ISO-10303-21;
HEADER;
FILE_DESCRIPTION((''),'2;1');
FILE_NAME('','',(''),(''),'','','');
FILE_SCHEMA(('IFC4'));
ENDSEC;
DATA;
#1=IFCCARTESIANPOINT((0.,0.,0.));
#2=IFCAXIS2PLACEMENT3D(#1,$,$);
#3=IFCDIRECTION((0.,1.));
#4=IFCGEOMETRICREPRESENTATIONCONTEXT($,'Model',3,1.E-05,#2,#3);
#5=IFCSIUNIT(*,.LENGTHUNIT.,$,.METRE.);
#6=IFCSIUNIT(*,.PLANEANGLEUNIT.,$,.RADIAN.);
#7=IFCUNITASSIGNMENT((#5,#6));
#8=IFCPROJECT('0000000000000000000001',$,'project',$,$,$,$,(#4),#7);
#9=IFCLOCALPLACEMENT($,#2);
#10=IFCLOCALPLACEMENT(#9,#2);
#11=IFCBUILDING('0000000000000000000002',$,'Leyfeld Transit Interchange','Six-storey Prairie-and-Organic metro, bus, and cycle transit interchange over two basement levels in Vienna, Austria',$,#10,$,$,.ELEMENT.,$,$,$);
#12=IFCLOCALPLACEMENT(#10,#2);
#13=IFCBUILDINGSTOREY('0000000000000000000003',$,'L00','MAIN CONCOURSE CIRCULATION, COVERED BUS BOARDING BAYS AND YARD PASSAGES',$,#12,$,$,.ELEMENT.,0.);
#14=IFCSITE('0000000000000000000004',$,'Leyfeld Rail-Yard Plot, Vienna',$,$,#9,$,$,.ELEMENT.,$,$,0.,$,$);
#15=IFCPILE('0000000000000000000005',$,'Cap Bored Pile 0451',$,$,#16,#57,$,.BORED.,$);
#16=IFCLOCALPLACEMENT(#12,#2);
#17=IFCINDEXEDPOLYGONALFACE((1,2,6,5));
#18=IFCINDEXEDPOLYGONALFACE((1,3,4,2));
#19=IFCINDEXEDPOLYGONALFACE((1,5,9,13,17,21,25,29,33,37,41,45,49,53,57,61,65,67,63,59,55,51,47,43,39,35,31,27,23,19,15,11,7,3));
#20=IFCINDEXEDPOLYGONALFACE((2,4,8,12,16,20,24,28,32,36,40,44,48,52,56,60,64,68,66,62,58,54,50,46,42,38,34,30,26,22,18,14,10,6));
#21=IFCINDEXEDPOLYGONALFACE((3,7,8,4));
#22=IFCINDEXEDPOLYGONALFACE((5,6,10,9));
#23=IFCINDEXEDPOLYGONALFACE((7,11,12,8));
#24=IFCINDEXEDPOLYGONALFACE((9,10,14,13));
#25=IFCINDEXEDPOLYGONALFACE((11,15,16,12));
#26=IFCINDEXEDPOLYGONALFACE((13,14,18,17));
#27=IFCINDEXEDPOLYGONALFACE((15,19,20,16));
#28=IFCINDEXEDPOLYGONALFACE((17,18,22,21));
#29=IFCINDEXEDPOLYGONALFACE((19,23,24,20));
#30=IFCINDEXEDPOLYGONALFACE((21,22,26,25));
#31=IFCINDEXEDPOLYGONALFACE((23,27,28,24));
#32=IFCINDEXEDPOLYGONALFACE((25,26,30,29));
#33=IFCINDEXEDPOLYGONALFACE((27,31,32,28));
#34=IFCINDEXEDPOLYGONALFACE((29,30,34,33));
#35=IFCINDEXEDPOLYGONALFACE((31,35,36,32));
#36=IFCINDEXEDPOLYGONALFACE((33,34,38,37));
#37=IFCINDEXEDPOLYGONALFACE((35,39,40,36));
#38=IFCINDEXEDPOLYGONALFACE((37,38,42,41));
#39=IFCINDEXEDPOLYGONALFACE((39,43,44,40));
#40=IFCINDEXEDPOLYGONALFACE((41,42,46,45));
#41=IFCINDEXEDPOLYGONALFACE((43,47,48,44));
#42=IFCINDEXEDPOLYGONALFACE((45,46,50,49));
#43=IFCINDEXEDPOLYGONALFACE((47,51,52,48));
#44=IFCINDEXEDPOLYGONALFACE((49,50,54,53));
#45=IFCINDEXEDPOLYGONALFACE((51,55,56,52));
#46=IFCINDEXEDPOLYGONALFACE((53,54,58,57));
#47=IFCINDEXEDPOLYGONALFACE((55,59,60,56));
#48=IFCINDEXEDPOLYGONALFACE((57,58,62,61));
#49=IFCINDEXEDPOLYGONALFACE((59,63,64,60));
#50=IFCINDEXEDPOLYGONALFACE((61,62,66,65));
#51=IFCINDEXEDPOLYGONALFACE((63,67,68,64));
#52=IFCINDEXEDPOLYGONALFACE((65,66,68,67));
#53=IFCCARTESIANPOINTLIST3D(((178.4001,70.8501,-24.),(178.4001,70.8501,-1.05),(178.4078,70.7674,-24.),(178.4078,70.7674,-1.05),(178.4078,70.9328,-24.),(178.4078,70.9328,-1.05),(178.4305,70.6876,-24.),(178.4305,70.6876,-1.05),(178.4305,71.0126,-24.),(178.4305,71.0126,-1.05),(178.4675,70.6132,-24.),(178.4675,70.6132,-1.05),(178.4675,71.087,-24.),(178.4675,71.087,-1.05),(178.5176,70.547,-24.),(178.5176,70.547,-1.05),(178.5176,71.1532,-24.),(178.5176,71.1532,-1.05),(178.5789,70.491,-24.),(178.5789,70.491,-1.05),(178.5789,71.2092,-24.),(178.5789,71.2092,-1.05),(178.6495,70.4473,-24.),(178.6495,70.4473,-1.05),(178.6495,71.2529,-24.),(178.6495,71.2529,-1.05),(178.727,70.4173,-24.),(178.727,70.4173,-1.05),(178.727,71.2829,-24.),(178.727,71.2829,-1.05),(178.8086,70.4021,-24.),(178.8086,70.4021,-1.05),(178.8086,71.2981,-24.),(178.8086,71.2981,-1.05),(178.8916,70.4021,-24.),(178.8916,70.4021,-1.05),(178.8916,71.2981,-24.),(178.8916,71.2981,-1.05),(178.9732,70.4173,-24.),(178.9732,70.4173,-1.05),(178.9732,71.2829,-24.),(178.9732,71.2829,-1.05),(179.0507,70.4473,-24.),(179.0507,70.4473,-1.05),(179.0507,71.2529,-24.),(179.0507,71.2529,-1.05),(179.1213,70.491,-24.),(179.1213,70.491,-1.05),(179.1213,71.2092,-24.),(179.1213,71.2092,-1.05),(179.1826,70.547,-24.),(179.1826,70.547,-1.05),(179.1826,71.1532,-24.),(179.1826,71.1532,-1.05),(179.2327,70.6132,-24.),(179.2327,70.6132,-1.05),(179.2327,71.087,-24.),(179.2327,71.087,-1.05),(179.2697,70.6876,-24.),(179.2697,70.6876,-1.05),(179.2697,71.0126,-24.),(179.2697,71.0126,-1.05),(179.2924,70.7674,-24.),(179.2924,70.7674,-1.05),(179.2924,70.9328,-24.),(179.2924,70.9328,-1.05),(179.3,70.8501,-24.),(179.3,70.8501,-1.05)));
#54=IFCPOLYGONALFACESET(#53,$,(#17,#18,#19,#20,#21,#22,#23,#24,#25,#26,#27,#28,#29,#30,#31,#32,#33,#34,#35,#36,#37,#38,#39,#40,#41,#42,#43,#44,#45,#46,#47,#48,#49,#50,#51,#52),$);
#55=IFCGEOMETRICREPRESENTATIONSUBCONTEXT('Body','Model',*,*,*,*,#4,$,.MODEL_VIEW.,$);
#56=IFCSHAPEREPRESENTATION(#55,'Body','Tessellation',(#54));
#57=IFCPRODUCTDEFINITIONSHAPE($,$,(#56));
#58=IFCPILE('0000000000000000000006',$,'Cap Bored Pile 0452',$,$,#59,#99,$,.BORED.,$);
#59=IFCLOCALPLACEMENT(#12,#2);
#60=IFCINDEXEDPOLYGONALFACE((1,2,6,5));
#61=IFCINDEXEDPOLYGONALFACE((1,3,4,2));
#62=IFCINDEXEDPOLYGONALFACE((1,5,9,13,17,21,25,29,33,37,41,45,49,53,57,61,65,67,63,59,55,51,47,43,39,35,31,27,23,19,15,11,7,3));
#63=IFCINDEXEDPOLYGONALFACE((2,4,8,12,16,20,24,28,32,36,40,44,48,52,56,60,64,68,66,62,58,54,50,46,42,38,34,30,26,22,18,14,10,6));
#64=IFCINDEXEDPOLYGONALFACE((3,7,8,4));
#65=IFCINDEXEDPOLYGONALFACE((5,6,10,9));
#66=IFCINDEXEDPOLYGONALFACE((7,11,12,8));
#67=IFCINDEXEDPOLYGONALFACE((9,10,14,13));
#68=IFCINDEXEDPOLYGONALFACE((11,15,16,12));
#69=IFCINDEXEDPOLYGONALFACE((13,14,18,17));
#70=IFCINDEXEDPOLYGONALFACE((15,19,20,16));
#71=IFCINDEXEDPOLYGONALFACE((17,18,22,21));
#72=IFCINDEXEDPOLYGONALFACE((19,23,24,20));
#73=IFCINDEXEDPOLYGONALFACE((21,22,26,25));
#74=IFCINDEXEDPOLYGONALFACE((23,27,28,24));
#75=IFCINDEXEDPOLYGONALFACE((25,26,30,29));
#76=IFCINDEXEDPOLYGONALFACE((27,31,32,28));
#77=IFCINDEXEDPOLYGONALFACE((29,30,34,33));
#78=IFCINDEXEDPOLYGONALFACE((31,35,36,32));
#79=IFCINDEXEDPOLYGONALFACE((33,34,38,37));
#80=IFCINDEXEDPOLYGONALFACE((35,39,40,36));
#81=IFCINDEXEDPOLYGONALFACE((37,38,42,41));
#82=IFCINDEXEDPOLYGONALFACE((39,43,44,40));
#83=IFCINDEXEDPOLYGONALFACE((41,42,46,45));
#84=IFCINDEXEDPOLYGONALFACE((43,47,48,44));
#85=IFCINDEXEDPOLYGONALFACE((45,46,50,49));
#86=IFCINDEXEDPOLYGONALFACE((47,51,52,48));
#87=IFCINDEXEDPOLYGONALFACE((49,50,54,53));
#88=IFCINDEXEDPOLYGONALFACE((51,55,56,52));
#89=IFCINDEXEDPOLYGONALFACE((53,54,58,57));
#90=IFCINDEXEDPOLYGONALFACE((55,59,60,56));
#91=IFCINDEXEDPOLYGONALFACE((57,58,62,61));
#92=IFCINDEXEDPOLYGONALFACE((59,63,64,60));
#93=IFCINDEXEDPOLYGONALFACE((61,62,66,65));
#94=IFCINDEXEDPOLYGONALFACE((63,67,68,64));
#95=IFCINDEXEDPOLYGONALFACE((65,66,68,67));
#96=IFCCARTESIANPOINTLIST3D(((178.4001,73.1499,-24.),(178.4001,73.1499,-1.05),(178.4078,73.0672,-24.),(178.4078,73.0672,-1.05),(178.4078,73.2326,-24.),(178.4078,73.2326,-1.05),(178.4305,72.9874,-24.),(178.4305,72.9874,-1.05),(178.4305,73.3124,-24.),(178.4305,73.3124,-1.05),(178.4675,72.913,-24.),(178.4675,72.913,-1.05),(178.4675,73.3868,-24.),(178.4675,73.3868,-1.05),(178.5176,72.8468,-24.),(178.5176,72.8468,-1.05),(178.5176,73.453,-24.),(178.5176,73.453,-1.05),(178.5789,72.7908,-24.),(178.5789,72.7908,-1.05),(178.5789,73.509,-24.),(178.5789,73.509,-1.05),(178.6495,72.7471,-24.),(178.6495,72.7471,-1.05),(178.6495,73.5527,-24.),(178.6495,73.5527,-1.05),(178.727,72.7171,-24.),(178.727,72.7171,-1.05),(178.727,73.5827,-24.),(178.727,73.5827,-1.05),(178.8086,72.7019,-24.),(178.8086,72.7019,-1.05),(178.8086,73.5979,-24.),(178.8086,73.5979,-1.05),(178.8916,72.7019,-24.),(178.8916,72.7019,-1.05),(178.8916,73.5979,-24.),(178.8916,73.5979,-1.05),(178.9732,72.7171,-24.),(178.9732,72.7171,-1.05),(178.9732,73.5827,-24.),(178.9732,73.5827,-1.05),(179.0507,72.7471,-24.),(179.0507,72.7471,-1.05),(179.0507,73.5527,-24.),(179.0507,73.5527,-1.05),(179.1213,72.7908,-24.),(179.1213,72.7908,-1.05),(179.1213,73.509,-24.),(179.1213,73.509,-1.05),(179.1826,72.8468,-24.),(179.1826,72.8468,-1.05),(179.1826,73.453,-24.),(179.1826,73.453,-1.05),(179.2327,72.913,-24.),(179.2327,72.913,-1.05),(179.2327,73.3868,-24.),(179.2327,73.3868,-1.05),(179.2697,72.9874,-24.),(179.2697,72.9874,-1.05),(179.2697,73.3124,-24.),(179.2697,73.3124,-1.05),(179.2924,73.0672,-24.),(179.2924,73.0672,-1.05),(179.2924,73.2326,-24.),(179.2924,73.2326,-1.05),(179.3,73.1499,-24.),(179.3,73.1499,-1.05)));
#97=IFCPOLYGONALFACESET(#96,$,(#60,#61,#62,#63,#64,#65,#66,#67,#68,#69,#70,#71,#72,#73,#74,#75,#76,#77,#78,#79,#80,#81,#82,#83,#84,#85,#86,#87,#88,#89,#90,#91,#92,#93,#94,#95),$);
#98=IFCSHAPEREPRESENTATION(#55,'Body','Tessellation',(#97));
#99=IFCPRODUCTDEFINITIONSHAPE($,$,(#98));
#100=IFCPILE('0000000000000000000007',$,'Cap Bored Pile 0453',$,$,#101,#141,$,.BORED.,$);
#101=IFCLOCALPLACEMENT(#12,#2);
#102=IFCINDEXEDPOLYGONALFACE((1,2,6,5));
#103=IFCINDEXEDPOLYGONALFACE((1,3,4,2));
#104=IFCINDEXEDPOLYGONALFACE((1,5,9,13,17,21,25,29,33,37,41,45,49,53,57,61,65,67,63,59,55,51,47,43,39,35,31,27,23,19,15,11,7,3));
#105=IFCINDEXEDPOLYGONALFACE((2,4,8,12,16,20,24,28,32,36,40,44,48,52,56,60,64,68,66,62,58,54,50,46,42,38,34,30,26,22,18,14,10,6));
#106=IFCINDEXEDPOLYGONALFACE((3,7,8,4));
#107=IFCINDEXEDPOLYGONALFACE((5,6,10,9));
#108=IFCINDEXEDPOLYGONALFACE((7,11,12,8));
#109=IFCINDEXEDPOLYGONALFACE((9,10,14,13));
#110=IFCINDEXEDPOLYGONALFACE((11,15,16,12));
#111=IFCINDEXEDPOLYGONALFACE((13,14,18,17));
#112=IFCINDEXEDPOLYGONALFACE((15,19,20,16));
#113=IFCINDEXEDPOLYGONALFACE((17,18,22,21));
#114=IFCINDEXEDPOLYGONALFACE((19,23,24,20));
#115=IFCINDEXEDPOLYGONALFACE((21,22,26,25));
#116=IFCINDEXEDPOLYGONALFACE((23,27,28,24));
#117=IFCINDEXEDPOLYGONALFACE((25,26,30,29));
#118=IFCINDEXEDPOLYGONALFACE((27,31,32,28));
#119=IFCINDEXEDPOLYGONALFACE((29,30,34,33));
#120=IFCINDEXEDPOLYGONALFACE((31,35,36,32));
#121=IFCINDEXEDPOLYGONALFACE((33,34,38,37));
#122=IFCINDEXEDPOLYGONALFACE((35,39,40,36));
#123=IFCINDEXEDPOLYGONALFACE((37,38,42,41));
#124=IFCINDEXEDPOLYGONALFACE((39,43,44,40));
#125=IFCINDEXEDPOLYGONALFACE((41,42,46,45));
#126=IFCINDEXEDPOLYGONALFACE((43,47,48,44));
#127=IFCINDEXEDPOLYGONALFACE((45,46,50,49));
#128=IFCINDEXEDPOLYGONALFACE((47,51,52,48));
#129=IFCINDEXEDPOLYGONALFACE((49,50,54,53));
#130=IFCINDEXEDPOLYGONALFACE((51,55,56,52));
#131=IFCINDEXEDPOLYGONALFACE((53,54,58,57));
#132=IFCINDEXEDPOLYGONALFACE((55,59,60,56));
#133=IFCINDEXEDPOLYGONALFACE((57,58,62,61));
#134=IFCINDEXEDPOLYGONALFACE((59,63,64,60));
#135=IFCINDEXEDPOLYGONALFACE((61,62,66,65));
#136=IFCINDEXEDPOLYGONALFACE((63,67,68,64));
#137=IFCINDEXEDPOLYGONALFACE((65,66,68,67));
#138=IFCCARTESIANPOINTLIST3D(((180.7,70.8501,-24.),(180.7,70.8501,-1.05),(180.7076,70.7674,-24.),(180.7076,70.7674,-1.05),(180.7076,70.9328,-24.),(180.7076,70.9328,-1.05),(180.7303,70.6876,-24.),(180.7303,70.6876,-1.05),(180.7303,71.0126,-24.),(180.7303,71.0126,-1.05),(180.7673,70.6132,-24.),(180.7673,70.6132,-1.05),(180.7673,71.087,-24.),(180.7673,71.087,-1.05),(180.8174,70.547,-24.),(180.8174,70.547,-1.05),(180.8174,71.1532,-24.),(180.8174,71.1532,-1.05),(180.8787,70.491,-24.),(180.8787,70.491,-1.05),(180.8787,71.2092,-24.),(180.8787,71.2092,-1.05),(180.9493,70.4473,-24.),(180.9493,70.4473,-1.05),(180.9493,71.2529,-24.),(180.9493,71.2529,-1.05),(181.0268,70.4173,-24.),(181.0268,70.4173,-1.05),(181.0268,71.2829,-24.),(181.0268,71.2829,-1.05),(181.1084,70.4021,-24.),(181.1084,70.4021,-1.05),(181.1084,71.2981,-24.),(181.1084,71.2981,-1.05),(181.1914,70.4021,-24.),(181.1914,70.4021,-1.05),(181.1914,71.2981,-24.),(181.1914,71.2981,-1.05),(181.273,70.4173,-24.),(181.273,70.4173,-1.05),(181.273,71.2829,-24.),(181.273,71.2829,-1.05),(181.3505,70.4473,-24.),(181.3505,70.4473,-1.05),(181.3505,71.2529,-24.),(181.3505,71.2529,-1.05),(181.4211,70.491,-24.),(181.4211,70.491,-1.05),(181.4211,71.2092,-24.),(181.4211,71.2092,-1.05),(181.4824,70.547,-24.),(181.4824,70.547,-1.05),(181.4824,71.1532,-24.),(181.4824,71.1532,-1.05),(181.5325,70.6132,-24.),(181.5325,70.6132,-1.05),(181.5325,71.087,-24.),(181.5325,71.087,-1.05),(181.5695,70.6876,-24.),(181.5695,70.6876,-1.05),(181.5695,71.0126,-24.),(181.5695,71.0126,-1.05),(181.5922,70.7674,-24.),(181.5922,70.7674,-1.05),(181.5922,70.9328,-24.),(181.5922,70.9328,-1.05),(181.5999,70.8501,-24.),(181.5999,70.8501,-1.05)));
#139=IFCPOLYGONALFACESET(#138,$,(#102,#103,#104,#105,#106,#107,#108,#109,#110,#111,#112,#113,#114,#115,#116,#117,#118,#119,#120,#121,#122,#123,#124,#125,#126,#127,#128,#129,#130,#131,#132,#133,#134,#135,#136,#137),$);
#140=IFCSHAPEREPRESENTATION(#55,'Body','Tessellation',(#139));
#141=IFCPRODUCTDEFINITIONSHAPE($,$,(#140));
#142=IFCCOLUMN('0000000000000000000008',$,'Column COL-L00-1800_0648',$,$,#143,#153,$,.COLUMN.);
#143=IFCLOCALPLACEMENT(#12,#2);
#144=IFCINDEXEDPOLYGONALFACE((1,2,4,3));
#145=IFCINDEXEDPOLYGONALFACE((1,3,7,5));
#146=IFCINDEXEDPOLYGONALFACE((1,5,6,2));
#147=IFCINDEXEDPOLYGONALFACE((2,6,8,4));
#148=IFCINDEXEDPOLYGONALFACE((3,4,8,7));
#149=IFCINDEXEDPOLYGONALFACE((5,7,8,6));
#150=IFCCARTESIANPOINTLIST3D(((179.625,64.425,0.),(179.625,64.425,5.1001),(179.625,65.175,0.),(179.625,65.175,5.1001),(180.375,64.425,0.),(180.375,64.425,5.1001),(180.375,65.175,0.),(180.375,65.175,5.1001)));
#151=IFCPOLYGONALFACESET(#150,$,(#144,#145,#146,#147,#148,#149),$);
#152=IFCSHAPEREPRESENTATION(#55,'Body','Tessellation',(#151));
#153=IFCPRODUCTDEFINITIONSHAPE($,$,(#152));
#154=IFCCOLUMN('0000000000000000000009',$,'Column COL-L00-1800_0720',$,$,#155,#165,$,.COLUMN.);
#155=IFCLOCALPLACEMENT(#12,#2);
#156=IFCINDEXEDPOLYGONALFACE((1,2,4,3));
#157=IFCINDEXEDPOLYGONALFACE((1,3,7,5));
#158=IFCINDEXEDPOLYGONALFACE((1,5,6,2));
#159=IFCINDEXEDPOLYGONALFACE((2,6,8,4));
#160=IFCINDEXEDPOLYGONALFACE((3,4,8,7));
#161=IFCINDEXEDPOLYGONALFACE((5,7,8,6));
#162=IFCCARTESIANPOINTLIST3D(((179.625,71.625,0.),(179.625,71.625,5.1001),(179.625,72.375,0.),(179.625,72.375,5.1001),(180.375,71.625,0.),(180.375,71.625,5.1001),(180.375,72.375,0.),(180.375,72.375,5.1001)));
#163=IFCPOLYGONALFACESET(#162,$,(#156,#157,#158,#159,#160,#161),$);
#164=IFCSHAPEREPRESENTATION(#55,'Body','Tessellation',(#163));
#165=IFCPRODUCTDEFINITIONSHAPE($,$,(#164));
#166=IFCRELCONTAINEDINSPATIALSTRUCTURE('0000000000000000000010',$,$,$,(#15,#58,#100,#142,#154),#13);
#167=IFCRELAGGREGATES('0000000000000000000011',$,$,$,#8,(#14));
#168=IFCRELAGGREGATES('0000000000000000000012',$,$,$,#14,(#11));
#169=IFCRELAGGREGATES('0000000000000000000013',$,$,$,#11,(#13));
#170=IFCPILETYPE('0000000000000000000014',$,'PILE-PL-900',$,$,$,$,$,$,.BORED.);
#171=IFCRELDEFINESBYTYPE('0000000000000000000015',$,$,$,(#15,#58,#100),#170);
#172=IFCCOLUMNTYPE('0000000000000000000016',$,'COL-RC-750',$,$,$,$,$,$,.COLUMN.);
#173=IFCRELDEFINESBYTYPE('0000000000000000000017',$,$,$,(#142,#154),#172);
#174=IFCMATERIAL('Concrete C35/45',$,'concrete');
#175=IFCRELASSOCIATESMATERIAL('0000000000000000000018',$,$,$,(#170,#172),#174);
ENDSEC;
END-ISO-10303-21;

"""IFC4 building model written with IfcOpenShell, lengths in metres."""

from ifc_helpers import new_model, si_unit, direction, frame, origin, origin_2d, place, context, subcontext, project, spatial, rectangle, circle, extrude, material, material_profile, profile_set, type_object, element, save


model = new_model("IFC4")

# Units and contexts
model_context = context("Model", 3, precision=1e-05, world=origin(), true_north=direction((0.0, 1.0)))
body_context = subcontext(model_context, "Body", "Model", "MODEL_VIEW")
ifc_project = project(units=[si_unit("LENGTHUNIT", "METRE"), si_unit("PLANEANGLEUNIT", "RADIAN")], contexts=[model_context])

# Site, building, storey
site_placement = place(None, origin())
site = spatial("IfcSite", under=ifc_project, at=site_placement, Name="Leyfeld Rail-Yard Plot, Vienna", CompositionType="ELEMENT", RefElevation=0.0)
building_placement = place(site_placement, origin())
building = spatial("IfcBuilding", under=site, at=building_placement, Name="Leyfeld Transit Interchange", Description="Six-storey Prairie-and-Organic metro, bus, and cycle transit interchange over two basement levels in Vienna, Austria", CompositionType="ELEMENT")
storey_placement = place(building_placement, origin())
storey = spatial("IfcBuildingStorey", under=building, at=storey_placement, Name="L00", Description="MAIN CONCOURSE CIRCULATION, COVERED BUS BOARDING BAYS AND YARD PASSAGES", CompositionType="ELEMENT", Elevation=0.0)

# Shared definitions
ifc_material_1 = material(Name="Concrete C35/45", Category="concrete")

# Piles
ifc_material_profile_1 = material_profile(ifc_material_1, circle(Radius=0.45, at=origin_2d()), Name="PILE D900")
ifc_profile_set_1 = profile_set([ifc_material_profile_1], Name="Concrete C35/45")
pile_type = type_object("IfcPileType", Name="PILE-PL-900", PredefinedType="BORED", material=ifc_profile_set_1)
for number, where, z_axis, x_axis, name in (
    (1, (178.8501, 70.8501, -1.05), (0.0, 0.0, -1.0), (1.0, 0.0, 0.0), "Cap Bored Pile 0451"),
    (2, (178.8501, 73.1499, -1.05), (0.0, 0.0, -1.0), (1.0, 0.0, 0.0), "Cap Bored Pile 0452"),
    (3, (181.1499, 70.8501, -1.05), (0.0, 0.0, -1.0), (1.0, 0.0, 0.0), "Cap Bored Pile 0453"),
):
    element("IfcPile", number, at=place(storey_placement, frame(where, z_axis=z_axis, x_axis=x_axis)), inside=storey, type_object=pile_type, Name=name, PredefinedType="BORED", context=body_context, shape_type="SweptSolid", body=[
        extrude(circle(Radius=0.45, at=origin_2d()), origin(), (0.0, 0.0, 1.0), 22.95),
    ])

# Columns
ifc_material_profile_2 = material_profile(ifc_material_1, rectangle(XDim=0.75, YDim=0.75, at=origin_2d()), Name="RC 750x750")
ifc_profile_set_2 = profile_set([ifc_material_profile_2], Name="Concrete C35/45")
column_type = type_object("IfcColumnType", Name="COL-RC-750", PredefinedType="COLUMN", material=ifc_profile_set_2)
for number, where, z_axis, x_axis, name in (
    (4, (180.0, 64.8, 0.0), (0.0, 0.0, 1.0), (1.0, 0.0, 0.0), "Column COL-L00-1800_0648"),
    (5, (180.0, 72.0, 0.0), (0.0, 0.0, 1.0), (1.0, 0.0, 0.0), "Column COL-L00-1800_0720"),
):
    element("IfcColumn", number, at=place(storey_placement, frame(where, z_axis=z_axis, x_axis=x_axis)), inside=storey, type_object=column_type, Name=name, PredefinedType="COLUMN", context=body_context, shape_type="SweptSolid", body=[
        extrude(rectangle(XDim=0.75, YDim=0.75, at=origin_2d()), origin(), (0.0, 0.0, 1.0), 5.1001),
    ])

save(model, "model.ifc")
